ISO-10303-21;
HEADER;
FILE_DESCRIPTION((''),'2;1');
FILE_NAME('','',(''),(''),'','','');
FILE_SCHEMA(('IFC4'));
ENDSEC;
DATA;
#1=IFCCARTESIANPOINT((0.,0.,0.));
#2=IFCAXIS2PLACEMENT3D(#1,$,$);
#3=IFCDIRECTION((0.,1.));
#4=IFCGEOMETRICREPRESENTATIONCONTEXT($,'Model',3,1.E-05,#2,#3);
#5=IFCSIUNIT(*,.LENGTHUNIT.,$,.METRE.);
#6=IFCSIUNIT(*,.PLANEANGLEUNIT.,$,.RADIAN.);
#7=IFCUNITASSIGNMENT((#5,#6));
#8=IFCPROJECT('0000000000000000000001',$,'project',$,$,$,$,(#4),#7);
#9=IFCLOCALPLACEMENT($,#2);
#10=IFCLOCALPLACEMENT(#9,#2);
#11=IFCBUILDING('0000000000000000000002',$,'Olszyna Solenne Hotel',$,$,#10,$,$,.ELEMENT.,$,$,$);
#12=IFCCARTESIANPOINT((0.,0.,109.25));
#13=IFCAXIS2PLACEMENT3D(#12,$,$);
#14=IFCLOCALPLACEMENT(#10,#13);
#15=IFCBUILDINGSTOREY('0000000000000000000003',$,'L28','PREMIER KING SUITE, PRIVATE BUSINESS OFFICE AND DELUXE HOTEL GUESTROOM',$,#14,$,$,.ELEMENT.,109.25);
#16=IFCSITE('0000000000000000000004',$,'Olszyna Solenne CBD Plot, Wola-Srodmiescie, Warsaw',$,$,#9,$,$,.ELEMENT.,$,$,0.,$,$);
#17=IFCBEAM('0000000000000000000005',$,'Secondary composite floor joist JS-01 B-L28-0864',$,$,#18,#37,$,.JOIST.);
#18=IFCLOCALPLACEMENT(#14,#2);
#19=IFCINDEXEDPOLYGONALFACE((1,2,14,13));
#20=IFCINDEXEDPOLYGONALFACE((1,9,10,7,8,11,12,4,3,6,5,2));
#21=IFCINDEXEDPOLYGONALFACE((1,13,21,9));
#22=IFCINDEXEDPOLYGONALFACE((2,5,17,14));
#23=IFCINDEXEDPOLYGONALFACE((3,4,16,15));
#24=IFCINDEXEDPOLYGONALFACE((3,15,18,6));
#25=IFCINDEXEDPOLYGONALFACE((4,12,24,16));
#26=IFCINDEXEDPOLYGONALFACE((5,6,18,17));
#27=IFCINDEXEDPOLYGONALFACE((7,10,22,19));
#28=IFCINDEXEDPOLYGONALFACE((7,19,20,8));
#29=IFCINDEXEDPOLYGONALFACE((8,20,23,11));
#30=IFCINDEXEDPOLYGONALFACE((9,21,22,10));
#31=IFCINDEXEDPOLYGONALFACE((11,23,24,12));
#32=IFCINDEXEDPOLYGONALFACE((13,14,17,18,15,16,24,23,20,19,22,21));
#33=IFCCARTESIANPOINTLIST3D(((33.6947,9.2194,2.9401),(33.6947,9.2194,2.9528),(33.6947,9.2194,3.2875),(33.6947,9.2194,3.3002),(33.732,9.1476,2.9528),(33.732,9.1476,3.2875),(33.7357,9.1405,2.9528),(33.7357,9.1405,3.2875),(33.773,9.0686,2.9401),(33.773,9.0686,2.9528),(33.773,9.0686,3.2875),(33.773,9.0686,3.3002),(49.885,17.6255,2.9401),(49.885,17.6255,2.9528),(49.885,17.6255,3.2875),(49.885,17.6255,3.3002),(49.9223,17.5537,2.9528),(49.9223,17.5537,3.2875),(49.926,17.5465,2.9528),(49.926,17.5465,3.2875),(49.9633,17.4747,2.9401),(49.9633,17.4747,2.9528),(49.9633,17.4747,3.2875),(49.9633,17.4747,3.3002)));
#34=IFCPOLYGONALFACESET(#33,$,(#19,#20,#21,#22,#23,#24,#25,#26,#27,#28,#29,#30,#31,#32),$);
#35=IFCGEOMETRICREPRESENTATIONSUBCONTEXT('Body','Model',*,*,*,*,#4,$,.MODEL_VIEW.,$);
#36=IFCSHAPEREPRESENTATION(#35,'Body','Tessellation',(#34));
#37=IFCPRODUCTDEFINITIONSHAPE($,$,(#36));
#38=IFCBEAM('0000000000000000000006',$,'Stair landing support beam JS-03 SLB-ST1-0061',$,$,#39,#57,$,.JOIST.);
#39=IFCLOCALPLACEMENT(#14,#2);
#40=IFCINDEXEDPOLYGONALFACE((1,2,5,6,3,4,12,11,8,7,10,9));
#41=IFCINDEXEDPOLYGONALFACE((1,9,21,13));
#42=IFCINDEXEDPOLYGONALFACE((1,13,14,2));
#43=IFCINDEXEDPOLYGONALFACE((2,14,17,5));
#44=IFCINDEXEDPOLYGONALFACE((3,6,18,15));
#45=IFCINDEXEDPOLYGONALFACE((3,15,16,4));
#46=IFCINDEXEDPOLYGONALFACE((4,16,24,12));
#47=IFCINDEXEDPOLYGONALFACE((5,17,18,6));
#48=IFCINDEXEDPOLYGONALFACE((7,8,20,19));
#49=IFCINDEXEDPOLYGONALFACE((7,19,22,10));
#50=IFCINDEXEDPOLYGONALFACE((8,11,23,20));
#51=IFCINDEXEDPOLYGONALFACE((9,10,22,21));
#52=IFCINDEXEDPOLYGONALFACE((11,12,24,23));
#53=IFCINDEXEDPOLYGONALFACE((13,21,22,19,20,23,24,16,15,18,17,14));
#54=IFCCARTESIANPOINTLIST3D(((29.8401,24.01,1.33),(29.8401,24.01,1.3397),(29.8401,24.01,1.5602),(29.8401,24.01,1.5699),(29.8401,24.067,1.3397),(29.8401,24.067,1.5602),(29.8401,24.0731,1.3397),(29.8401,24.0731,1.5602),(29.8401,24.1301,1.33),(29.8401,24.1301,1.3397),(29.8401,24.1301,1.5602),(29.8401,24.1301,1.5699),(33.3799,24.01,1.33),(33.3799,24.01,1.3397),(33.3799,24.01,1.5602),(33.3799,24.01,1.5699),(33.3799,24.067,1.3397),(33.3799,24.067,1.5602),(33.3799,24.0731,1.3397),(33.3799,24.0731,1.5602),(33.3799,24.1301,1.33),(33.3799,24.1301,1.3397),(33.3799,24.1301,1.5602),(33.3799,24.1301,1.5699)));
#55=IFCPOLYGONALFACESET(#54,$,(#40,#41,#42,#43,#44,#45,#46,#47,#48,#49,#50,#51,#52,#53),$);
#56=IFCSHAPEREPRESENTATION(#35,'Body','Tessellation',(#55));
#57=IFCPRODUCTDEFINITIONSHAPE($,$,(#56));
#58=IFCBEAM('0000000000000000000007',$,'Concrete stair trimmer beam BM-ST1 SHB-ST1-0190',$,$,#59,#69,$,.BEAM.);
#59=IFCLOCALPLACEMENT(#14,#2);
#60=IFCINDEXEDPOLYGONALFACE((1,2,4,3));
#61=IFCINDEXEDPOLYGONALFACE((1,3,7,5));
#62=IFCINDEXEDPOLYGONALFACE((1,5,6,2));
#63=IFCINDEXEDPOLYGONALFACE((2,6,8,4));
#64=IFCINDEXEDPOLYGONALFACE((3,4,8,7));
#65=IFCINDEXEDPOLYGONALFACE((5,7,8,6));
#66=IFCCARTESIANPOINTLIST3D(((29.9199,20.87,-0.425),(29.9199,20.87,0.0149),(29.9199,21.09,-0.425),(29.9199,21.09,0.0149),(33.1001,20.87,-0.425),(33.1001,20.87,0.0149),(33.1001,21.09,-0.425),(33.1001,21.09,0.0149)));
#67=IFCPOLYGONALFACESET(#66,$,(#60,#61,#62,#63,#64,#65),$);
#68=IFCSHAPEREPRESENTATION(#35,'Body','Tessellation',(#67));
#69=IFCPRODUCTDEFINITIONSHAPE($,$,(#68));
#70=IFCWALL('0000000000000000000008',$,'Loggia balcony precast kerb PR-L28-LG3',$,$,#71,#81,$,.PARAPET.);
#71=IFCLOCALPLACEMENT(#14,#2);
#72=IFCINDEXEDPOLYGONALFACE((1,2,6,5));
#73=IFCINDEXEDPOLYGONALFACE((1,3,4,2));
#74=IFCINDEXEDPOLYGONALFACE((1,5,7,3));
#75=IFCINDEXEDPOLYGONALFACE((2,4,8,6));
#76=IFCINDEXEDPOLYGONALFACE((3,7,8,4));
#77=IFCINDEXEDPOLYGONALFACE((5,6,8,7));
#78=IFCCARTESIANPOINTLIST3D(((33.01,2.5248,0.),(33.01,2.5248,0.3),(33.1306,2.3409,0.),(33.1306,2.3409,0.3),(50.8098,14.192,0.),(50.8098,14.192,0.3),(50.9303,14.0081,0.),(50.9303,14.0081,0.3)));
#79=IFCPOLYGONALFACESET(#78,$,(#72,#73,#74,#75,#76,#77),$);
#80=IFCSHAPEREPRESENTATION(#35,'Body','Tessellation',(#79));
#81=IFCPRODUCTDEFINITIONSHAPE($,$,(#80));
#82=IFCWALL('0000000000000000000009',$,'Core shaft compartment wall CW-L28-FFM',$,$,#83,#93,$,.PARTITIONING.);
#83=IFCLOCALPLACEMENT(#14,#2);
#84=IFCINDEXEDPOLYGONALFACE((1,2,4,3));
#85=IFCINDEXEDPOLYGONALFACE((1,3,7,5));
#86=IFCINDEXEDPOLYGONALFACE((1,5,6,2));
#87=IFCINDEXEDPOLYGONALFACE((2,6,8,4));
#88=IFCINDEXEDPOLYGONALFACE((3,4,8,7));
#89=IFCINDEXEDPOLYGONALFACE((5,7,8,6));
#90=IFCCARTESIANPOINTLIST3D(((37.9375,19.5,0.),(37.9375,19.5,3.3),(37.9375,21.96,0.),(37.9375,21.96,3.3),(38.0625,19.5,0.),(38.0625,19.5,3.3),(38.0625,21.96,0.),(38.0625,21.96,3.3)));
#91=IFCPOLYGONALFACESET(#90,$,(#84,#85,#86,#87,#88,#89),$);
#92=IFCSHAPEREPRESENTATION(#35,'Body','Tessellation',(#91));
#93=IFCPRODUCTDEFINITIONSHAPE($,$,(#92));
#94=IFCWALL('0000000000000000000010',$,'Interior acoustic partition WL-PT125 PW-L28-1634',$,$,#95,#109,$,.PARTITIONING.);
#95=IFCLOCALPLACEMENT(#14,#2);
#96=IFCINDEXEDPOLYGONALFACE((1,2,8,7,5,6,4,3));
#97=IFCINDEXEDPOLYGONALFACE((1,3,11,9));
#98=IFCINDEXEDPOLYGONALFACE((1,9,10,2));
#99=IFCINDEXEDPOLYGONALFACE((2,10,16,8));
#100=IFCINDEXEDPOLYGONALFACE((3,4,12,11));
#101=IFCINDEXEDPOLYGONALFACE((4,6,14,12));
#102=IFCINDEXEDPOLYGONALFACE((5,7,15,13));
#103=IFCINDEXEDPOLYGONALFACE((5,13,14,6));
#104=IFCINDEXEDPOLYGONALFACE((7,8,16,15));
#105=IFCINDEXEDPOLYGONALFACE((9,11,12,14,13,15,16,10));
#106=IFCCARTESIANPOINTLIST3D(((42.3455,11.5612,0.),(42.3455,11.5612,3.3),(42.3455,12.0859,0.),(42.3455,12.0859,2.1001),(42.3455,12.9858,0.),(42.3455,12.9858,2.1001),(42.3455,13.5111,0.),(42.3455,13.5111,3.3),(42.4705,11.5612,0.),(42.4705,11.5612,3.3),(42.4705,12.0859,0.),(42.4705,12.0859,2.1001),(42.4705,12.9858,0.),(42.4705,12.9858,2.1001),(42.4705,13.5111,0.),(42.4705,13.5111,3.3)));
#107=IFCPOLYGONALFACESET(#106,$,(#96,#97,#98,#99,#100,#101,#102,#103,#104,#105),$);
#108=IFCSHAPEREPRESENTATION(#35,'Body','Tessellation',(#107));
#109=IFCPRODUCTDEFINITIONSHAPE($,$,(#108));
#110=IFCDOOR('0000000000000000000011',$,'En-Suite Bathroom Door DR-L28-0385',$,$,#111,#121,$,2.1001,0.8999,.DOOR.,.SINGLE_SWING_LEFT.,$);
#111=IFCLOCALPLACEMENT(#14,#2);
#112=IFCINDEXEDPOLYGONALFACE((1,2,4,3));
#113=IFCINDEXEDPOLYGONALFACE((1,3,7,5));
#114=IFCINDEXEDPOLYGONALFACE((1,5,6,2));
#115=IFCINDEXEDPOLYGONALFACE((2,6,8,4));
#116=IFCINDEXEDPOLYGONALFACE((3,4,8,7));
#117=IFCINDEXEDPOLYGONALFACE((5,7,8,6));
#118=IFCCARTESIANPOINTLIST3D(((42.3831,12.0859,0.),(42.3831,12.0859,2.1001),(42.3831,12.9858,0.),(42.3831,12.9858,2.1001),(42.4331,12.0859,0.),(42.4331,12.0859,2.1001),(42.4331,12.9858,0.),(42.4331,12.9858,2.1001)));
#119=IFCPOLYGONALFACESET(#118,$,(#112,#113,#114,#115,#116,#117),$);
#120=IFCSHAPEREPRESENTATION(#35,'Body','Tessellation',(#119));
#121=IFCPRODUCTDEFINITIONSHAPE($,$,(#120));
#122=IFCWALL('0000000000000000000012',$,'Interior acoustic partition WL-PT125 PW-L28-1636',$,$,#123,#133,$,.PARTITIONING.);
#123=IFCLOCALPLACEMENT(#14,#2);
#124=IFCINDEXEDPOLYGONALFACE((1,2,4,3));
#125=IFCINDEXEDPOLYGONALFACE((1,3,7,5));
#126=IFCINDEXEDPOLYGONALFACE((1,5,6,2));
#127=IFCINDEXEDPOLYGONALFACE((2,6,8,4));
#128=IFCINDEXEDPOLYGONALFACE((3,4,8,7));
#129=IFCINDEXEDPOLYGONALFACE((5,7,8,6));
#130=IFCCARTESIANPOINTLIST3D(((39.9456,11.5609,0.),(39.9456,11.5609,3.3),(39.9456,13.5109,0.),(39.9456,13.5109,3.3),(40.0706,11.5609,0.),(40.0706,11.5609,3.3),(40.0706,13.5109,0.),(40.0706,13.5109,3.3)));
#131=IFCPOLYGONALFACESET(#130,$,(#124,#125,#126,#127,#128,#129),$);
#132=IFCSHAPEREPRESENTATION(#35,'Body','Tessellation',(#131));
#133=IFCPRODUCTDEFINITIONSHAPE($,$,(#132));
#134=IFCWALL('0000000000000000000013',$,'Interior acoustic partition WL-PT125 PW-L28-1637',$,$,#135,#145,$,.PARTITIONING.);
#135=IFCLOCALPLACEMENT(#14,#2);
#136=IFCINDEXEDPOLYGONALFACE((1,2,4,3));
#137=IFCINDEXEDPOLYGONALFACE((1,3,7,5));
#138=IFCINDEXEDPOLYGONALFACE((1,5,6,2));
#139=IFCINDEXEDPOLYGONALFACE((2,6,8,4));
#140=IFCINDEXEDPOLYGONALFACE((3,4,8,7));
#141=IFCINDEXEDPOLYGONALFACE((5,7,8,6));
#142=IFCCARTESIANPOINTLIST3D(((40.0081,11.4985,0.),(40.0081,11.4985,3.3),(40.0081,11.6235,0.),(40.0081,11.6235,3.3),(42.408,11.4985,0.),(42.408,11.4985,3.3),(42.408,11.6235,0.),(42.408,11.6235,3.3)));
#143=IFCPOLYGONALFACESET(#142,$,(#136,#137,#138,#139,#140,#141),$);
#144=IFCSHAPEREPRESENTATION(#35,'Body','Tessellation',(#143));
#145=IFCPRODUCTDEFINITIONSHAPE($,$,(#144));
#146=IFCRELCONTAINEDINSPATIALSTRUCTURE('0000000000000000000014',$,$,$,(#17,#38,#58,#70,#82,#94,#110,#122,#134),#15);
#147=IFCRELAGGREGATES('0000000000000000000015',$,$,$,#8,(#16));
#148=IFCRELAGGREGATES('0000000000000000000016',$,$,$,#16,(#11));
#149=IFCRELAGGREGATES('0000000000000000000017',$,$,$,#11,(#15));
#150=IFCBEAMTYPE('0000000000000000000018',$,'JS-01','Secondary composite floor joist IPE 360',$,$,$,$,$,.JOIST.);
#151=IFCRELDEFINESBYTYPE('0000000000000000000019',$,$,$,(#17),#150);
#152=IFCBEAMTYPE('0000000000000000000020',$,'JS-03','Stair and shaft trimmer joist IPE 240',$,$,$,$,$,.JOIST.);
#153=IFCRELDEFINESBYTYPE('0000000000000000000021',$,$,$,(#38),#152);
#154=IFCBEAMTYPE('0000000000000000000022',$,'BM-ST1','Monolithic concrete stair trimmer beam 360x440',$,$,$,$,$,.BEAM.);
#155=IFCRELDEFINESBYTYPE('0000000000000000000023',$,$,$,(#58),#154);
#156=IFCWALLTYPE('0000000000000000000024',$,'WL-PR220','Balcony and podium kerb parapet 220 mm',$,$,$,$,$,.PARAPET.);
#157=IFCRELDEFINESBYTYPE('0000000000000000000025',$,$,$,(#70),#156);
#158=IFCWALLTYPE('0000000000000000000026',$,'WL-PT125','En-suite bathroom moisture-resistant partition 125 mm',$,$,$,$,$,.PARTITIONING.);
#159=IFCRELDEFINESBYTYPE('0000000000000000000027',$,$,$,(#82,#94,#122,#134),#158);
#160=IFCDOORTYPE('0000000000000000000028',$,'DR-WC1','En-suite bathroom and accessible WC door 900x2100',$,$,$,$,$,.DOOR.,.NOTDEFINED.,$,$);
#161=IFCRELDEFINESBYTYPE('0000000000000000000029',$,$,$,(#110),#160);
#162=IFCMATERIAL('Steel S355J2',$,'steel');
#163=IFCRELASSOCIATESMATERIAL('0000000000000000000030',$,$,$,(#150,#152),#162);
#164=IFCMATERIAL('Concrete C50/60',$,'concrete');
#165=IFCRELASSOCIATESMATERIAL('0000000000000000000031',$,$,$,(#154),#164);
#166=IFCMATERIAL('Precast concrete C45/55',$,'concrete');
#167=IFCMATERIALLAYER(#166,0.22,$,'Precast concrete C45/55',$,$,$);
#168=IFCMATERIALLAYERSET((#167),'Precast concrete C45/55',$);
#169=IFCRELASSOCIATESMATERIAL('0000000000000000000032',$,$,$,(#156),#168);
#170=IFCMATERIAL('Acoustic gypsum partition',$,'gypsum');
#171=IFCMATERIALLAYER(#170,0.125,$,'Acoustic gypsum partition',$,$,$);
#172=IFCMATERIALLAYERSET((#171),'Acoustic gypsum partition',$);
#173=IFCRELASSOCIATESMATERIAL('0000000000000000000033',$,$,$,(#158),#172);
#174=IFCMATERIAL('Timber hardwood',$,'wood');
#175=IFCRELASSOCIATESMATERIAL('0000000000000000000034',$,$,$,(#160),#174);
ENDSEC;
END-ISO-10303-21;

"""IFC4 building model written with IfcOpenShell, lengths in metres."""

from ifc_helpers import new_model, si_unit, direction, frame, frame_2d, origin, origin_2d, place, context, subcontext, project, spatial, rectangle, i_section, extrude, source, transform, mapped, material, layer, layer_set, material_profile, profile_set, type_object, type_shapes, element, fill, save


model = new_model("IFC4")

# Units and contexts
model_context = context("Model", 3, precision=1e-05, world=origin(), true_north=direction((0.0, 1.0)))
body_context = subcontext(model_context, "Body", "Model", "MODEL_VIEW")
ifc_project = project(units=[si_unit("LENGTHUNIT", "METRE"), si_unit("PLANEANGLEUNIT", "RADIAN")], contexts=[model_context])

# Site, building, storey
site_placement = place(None, origin())
site = spatial("IfcSite", under=ifc_project, at=site_placement, Name="Olszyna Solenne CBD Plot, Wola-Srodmiescie, Warsaw", CompositionType="ELEMENT", RefElevation=0.0)
building_placement = place(site_placement, origin())
building = spatial("IfcBuilding", under=site, at=building_placement, Name="Olszyna Solenne Hotel", CompositionType="ELEMENT")
storey_placement = place(building_placement, frame((0.0, 0.0, 109.25)))
storey = spatial("IfcBuildingStorey", under=building, at=storey_placement, Name="L28", Description="PREMIER KING SUITE, PRIVATE BUSINESS OFFICE AND DELUXE HOTEL GUESTROOM", CompositionType="ELEMENT", Elevation=109.25)

# Beams
ifc_material_1 = material(Name="Steel S355J2", Category="steel")
ifc_material_profile_1 = material_profile(ifc_material_1, i_section(OverallWidth=0.1699, OverallDepth=0.3601, WebThickness=0.0081, FlangeThickness=0.0127, at=origin_2d()), Name="IPE 360", Category="load-bearing")
ifc_profile_set_1 = profile_set([ifc_material_profile_1], Name="Steel S355J2")
beam_type_1 = type_object("IfcBeamType", Name="JS-01", Description="Secondary composite floor joist IPE 360", PredefinedType="JOIST", material=ifc_profile_set_1)
shared_shape_1 = source(origin(), body_context, "Body", "SweptSolid", [
    extrude(i_section(OverallWidth=0.1699, OverallDepth=0.3601, WebThickness=0.0081, FlangeThickness=0.0127, at=origin_2d()), origin(), (0.0, 0.0, 1.0), 18.2424),
])
beam_1_placement = place(storey_placement, frame((33.7339, 9.144, 3.1201), z_axis=(0.887506, 0.460796, 0.0), x_axis=(-0.460796, 0.887506, 0.0)))
element("IfcBeam", 1, at=beam_1_placement, inside=storey, type_object=beam_type_1, Name="Secondary composite floor joist JS-01 B-L28-0864", PredefinedType="JOIST", context=body_context, shape_type="MappedRepresentation", body=[
    mapped(shared_shape_1, transform((0.0, 0.0, 0.0), x_axis=(1.0, 0.0, 0.0), y_axis=(0.0, 1.0, 0.0), z_axis=(0.0, 0.0, 1.0), scale=1.0)),
])
ifc_material_profile_2 = material_profile(ifc_material_1, i_section(OverallWidth=0.1201, OverallDepth=0.24, WebThickness=0.0061, FlangeThickness=0.0098, at=origin_2d()), Name="IPE 240", Category="load-bearing")
ifc_profile_set_2 = profile_set([ifc_material_profile_2], Name="Steel S355J2")
beam_type_2 = type_object("IfcBeamType", Name="JS-03", Description="Stair and shaft trimmer joist IPE 240", PredefinedType="JOIST", material=ifc_profile_set_2)
shared_shape_2 = source(origin(), body_context, "Body", "SweptSolid", [
    extrude(i_section(OverallWidth=0.1201, OverallDepth=0.24, WebThickness=0.0061, FlangeThickness=0.0098, at=origin_2d()), origin(), (0.0, 0.0, 1.0), 3.5398),
])
beam_2_placement = place(storey_placement, frame((33.3799, 24.0701, 1.45), z_axis=(-1.0, 0.0, 0.0), x_axis=(0.0, -1.0, 0.0)))
element("IfcBeam", 2, at=beam_2_placement, inside=storey, type_object=beam_type_2, Name="Stair landing support beam JS-03 SLB-ST1-0061", PredefinedType="JOIST", context=body_context, shape_type="MappedRepresentation", body=[
    mapped(shared_shape_2, transform((0.0, 0.0, 0.0), x_axis=(1.0, 0.0, 0.0), y_axis=(0.0, 1.0, 0.0), z_axis=(0.0, 0.0, 1.0), scale=1.0)),
])
ifc_material_2 = material(Name="Concrete C50/60", Category="concrete")
ifc_material_profile_3 = material_profile(ifc_material_2, rectangle(XDim=0.22, YDim=0.4399, at=origin_2d()), Name="RC 220x440", Category="load-bearing")
ifc_profile_set_3 = profile_set([ifc_material_profile_3], Name="Concrete C50/60")
beam_type_3 = type_object("IfcBeamType", Name="BM-ST1", Description="Monolithic concrete stair trimmer beam 360x440", PredefinedType="BEAM", material=ifc_profile_set_3)
shared_shape_3 = source(origin(), body_context, "Body", "SweptSolid", [
    extrude(rectangle(XDim=0.22, YDim=0.4399, at=origin_2d()), origin(), (0.0, 0.0, 1.0), 3.1802),
])
beam_3_placement = place(storey_placement, frame((33.1001, 20.98, -0.2051), z_axis=(-1.0, 0.0, 0.0), x_axis=(0.0, -1.0, 0.0)))
element("IfcBeam", 3, at=beam_3_placement, inside=storey, type_object=beam_type_3, Name="Concrete stair trimmer beam BM-ST1 SHB-ST1-0190", PredefinedType="BEAM", context=body_context, shape_type="MappedRepresentation", body=[
    mapped(shared_shape_3, transform((0.0, 0.0, 0.0), x_axis=(1.0, 0.0, 0.0), y_axis=(0.0, 1.0, 0.0), z_axis=(0.0, 0.0, 1.0), scale=1.0)),
])

# Walls
ifc_material_3 = material(Name="Precast concrete C45/55", Category="concrete")
ifc_layer_1 = layer(ifc_material_3, 0.22, Name="Precast concrete C45/55")
ifc_layer_set_1 = layer_set([ifc_layer_1], Name="Precast concrete C45/55")
wall_type_1 = type_object("IfcWallType", Name="WL-PR220", Description="Balcony and podium kerb parapet 220 mm", PredefinedType="PARAPET", material=ifc_layer_set_1)
wall_1_placement = place(storey_placement, frame((33.0703, 2.4329, 0.0), z_axis=(0.0, 0.0, 1.0), x_axis=(0.836347, 0.5482, 0.0)))
element("IfcWall", 4, at=wall_1_placement, inside=storey, type_object=wall_type_1, Name="Loggia balcony precast kerb PR-L28-LG3", PredefinedType="PARAPET", context=body_context, shape_type="SweptSolid", body=[
    extrude(rectangle(XDim=21.2827, YDim=0.22, at=frame_2d((10.6414, 0.0))), origin(), (0.0, 0.0, 1.0), 0.3),
])
ifc_material_4 = material(Name="Acoustic gypsum partition", Category="gypsum")
ifc_layer_2 = layer(ifc_material_4, 0.125, Name="Acoustic gypsum partition")
ifc_layer_set_2 = layer_set([ifc_layer_2], Name="Acoustic gypsum partition")
wall_type_2 = type_object("IfcWallType", Name="WL-PT125", Description="En-suite bathroom moisture-resistant partition 125 mm", PredefinedType="PARTITIONING", material=ifc_layer_set_2)
wall_2_placement = place(storey_placement, frame((38.0, 19.5, 0.0), z_axis=(0.0, 0.0, 1.0), x_axis=(0.0, 1.0, 0.0)))
element("IfcWall", 5, at=wall_2_placement, inside=storey, type_object=wall_type_2, Name="Core shaft compartment wall CW-L28-FFM", PredefinedType="PARTITIONING", context=body_context, shape_type="SweptSolid", body=[
    extrude(rectangle(XDim=2.46, YDim=0.125, at=frame_2d((1.23, 0.0))), origin(), (0.0, 0.0, 1.0), 3.3),
])

# Wall, opening, door
wall_3_placement = place(storey_placement, frame((42.408, 11.561, 0.0), z_axis=(0.0, 0.0, 1.0), x_axis=(0.0, 1.0, 0.0)))
wall_3 = element("IfcWall", 6, at=wall_3_placement, inside=storey, type_object=wall_type_2, Name="Interior acoustic partition WL-PT125 PW-L28-1634", PredefinedType="PARTITIONING", context=body_context, shape_type="SweptSolid", body=[
    extrude(rectangle(XDim=1.95, YDim=0.125, at=frame_2d((0.9751, 0.0))), origin(), (0.0, 0.0, 1.0), 3.3),
])
opening_1_placement = place(wall_3_placement, frame((0.5249, 0.0, 0.0)))
opening_1 = element("IfcOpeningElement", 7, at=opening_1_placement, cuts=wall_3, PredefinedType="OPENING", context=body_context, shape_type="SweptSolid", body=[
    extrude(rectangle(XDim=0.8999, YDim=2.1001, at=frame_2d((0.45, 1.05))), frame((0.0, 0.0725, 0.0), z_axis=(0.0, -1.0, 0.0), x_axis=(1.0, 0.0, 0.0)), (0.0, 0.0, 1.0), 0.145),
])
ifc_material_5 = material(Name="Timber hardwood", Category="wood")
door_type_1 = type_object("IfcDoorType", Name="DR-WC1", Description="En-suite bathroom and accessible WC door 900x2100", OperationType="NOTDEFINED", PredefinedType="DOOR", material=ifc_material_5)
shared_shape_4 = source(origin(), body_context, "Body", "SweptSolid", [
    extrude(rectangle(XDim=0.8999, YDim=2.1001, at=frame_2d((0.45, 1.05))), frame((0.0, 0.0249, 0.0), z_axis=(0.0, -1.0, 0.0), x_axis=(1.0, 0.0, 0.0)), (0.0, 0.0, 1.0), 0.05),
])
type_shapes(door_type_1, [shared_shape_4])
door_1_placement = place(opening_1_placement, origin())
door_1 = element("IfcDoor", 8, at=door_1_placement, inside=storey, type_object=door_type_1, Name="En-Suite Bathroom Door DR-L28-0385", OperationType="SINGLE_SWING_LEFT", OverallHeight=2.1001, OverallWidth=0.8999, PredefinedType="DOOR", context=body_context, shape_type="MappedRepresentation", body=[
    mapped(shared_shape_4, transform((0.0, 0.0, 0.0), x_axis=(1.0, 0.0, 0.0), y_axis=(0.0, 1.0, 0.0), z_axis=(0.0, 0.0, 1.0), scale=1.0)),
])
fill(opening_1, door_1)

# Walls
wall_4_placement = place(storey_placement, frame((40.0081, 13.511, 0.0), z_axis=(0.0, 0.0, 1.0), x_axis=(0.0, -1.0, 0.0)))
element("IfcWall", 9, at=wall_4_placement, inside=storey, type_object=wall_type_2, Name="Interior acoustic partition WL-PT125 PW-L28-1636", PredefinedType="PARTITIONING", context=body_context, shape_type="SweptSolid", body=[
    extrude(rectangle(XDim=1.95, YDim=0.125, at=frame_2d((0.9751, 0.0))), origin(), (0.0, 0.0, 1.0), 3.3),
])
wall_5_placement = place(storey_placement, frame((40.0081, 11.561, 0.0), z_axis=(0.0, 0.0, 1.0), x_axis=(1.0, 0.0, 0.0)))
element("IfcWall", 10, at=wall_5_placement, inside=storey, type_object=wall_type_2, Name="Interior acoustic partition WL-PT125 PW-L28-1637", PredefinedType="PARTITIONING", context=body_context, shape_type="SweptSolid", body=[
    extrude(rectangle(XDim=2.3999, YDim=0.125, at=frame_2d((1.2, 0.0))), origin(), (0.0, 0.0, 1.0), 3.3),
])

save(model, "model.ifc")
